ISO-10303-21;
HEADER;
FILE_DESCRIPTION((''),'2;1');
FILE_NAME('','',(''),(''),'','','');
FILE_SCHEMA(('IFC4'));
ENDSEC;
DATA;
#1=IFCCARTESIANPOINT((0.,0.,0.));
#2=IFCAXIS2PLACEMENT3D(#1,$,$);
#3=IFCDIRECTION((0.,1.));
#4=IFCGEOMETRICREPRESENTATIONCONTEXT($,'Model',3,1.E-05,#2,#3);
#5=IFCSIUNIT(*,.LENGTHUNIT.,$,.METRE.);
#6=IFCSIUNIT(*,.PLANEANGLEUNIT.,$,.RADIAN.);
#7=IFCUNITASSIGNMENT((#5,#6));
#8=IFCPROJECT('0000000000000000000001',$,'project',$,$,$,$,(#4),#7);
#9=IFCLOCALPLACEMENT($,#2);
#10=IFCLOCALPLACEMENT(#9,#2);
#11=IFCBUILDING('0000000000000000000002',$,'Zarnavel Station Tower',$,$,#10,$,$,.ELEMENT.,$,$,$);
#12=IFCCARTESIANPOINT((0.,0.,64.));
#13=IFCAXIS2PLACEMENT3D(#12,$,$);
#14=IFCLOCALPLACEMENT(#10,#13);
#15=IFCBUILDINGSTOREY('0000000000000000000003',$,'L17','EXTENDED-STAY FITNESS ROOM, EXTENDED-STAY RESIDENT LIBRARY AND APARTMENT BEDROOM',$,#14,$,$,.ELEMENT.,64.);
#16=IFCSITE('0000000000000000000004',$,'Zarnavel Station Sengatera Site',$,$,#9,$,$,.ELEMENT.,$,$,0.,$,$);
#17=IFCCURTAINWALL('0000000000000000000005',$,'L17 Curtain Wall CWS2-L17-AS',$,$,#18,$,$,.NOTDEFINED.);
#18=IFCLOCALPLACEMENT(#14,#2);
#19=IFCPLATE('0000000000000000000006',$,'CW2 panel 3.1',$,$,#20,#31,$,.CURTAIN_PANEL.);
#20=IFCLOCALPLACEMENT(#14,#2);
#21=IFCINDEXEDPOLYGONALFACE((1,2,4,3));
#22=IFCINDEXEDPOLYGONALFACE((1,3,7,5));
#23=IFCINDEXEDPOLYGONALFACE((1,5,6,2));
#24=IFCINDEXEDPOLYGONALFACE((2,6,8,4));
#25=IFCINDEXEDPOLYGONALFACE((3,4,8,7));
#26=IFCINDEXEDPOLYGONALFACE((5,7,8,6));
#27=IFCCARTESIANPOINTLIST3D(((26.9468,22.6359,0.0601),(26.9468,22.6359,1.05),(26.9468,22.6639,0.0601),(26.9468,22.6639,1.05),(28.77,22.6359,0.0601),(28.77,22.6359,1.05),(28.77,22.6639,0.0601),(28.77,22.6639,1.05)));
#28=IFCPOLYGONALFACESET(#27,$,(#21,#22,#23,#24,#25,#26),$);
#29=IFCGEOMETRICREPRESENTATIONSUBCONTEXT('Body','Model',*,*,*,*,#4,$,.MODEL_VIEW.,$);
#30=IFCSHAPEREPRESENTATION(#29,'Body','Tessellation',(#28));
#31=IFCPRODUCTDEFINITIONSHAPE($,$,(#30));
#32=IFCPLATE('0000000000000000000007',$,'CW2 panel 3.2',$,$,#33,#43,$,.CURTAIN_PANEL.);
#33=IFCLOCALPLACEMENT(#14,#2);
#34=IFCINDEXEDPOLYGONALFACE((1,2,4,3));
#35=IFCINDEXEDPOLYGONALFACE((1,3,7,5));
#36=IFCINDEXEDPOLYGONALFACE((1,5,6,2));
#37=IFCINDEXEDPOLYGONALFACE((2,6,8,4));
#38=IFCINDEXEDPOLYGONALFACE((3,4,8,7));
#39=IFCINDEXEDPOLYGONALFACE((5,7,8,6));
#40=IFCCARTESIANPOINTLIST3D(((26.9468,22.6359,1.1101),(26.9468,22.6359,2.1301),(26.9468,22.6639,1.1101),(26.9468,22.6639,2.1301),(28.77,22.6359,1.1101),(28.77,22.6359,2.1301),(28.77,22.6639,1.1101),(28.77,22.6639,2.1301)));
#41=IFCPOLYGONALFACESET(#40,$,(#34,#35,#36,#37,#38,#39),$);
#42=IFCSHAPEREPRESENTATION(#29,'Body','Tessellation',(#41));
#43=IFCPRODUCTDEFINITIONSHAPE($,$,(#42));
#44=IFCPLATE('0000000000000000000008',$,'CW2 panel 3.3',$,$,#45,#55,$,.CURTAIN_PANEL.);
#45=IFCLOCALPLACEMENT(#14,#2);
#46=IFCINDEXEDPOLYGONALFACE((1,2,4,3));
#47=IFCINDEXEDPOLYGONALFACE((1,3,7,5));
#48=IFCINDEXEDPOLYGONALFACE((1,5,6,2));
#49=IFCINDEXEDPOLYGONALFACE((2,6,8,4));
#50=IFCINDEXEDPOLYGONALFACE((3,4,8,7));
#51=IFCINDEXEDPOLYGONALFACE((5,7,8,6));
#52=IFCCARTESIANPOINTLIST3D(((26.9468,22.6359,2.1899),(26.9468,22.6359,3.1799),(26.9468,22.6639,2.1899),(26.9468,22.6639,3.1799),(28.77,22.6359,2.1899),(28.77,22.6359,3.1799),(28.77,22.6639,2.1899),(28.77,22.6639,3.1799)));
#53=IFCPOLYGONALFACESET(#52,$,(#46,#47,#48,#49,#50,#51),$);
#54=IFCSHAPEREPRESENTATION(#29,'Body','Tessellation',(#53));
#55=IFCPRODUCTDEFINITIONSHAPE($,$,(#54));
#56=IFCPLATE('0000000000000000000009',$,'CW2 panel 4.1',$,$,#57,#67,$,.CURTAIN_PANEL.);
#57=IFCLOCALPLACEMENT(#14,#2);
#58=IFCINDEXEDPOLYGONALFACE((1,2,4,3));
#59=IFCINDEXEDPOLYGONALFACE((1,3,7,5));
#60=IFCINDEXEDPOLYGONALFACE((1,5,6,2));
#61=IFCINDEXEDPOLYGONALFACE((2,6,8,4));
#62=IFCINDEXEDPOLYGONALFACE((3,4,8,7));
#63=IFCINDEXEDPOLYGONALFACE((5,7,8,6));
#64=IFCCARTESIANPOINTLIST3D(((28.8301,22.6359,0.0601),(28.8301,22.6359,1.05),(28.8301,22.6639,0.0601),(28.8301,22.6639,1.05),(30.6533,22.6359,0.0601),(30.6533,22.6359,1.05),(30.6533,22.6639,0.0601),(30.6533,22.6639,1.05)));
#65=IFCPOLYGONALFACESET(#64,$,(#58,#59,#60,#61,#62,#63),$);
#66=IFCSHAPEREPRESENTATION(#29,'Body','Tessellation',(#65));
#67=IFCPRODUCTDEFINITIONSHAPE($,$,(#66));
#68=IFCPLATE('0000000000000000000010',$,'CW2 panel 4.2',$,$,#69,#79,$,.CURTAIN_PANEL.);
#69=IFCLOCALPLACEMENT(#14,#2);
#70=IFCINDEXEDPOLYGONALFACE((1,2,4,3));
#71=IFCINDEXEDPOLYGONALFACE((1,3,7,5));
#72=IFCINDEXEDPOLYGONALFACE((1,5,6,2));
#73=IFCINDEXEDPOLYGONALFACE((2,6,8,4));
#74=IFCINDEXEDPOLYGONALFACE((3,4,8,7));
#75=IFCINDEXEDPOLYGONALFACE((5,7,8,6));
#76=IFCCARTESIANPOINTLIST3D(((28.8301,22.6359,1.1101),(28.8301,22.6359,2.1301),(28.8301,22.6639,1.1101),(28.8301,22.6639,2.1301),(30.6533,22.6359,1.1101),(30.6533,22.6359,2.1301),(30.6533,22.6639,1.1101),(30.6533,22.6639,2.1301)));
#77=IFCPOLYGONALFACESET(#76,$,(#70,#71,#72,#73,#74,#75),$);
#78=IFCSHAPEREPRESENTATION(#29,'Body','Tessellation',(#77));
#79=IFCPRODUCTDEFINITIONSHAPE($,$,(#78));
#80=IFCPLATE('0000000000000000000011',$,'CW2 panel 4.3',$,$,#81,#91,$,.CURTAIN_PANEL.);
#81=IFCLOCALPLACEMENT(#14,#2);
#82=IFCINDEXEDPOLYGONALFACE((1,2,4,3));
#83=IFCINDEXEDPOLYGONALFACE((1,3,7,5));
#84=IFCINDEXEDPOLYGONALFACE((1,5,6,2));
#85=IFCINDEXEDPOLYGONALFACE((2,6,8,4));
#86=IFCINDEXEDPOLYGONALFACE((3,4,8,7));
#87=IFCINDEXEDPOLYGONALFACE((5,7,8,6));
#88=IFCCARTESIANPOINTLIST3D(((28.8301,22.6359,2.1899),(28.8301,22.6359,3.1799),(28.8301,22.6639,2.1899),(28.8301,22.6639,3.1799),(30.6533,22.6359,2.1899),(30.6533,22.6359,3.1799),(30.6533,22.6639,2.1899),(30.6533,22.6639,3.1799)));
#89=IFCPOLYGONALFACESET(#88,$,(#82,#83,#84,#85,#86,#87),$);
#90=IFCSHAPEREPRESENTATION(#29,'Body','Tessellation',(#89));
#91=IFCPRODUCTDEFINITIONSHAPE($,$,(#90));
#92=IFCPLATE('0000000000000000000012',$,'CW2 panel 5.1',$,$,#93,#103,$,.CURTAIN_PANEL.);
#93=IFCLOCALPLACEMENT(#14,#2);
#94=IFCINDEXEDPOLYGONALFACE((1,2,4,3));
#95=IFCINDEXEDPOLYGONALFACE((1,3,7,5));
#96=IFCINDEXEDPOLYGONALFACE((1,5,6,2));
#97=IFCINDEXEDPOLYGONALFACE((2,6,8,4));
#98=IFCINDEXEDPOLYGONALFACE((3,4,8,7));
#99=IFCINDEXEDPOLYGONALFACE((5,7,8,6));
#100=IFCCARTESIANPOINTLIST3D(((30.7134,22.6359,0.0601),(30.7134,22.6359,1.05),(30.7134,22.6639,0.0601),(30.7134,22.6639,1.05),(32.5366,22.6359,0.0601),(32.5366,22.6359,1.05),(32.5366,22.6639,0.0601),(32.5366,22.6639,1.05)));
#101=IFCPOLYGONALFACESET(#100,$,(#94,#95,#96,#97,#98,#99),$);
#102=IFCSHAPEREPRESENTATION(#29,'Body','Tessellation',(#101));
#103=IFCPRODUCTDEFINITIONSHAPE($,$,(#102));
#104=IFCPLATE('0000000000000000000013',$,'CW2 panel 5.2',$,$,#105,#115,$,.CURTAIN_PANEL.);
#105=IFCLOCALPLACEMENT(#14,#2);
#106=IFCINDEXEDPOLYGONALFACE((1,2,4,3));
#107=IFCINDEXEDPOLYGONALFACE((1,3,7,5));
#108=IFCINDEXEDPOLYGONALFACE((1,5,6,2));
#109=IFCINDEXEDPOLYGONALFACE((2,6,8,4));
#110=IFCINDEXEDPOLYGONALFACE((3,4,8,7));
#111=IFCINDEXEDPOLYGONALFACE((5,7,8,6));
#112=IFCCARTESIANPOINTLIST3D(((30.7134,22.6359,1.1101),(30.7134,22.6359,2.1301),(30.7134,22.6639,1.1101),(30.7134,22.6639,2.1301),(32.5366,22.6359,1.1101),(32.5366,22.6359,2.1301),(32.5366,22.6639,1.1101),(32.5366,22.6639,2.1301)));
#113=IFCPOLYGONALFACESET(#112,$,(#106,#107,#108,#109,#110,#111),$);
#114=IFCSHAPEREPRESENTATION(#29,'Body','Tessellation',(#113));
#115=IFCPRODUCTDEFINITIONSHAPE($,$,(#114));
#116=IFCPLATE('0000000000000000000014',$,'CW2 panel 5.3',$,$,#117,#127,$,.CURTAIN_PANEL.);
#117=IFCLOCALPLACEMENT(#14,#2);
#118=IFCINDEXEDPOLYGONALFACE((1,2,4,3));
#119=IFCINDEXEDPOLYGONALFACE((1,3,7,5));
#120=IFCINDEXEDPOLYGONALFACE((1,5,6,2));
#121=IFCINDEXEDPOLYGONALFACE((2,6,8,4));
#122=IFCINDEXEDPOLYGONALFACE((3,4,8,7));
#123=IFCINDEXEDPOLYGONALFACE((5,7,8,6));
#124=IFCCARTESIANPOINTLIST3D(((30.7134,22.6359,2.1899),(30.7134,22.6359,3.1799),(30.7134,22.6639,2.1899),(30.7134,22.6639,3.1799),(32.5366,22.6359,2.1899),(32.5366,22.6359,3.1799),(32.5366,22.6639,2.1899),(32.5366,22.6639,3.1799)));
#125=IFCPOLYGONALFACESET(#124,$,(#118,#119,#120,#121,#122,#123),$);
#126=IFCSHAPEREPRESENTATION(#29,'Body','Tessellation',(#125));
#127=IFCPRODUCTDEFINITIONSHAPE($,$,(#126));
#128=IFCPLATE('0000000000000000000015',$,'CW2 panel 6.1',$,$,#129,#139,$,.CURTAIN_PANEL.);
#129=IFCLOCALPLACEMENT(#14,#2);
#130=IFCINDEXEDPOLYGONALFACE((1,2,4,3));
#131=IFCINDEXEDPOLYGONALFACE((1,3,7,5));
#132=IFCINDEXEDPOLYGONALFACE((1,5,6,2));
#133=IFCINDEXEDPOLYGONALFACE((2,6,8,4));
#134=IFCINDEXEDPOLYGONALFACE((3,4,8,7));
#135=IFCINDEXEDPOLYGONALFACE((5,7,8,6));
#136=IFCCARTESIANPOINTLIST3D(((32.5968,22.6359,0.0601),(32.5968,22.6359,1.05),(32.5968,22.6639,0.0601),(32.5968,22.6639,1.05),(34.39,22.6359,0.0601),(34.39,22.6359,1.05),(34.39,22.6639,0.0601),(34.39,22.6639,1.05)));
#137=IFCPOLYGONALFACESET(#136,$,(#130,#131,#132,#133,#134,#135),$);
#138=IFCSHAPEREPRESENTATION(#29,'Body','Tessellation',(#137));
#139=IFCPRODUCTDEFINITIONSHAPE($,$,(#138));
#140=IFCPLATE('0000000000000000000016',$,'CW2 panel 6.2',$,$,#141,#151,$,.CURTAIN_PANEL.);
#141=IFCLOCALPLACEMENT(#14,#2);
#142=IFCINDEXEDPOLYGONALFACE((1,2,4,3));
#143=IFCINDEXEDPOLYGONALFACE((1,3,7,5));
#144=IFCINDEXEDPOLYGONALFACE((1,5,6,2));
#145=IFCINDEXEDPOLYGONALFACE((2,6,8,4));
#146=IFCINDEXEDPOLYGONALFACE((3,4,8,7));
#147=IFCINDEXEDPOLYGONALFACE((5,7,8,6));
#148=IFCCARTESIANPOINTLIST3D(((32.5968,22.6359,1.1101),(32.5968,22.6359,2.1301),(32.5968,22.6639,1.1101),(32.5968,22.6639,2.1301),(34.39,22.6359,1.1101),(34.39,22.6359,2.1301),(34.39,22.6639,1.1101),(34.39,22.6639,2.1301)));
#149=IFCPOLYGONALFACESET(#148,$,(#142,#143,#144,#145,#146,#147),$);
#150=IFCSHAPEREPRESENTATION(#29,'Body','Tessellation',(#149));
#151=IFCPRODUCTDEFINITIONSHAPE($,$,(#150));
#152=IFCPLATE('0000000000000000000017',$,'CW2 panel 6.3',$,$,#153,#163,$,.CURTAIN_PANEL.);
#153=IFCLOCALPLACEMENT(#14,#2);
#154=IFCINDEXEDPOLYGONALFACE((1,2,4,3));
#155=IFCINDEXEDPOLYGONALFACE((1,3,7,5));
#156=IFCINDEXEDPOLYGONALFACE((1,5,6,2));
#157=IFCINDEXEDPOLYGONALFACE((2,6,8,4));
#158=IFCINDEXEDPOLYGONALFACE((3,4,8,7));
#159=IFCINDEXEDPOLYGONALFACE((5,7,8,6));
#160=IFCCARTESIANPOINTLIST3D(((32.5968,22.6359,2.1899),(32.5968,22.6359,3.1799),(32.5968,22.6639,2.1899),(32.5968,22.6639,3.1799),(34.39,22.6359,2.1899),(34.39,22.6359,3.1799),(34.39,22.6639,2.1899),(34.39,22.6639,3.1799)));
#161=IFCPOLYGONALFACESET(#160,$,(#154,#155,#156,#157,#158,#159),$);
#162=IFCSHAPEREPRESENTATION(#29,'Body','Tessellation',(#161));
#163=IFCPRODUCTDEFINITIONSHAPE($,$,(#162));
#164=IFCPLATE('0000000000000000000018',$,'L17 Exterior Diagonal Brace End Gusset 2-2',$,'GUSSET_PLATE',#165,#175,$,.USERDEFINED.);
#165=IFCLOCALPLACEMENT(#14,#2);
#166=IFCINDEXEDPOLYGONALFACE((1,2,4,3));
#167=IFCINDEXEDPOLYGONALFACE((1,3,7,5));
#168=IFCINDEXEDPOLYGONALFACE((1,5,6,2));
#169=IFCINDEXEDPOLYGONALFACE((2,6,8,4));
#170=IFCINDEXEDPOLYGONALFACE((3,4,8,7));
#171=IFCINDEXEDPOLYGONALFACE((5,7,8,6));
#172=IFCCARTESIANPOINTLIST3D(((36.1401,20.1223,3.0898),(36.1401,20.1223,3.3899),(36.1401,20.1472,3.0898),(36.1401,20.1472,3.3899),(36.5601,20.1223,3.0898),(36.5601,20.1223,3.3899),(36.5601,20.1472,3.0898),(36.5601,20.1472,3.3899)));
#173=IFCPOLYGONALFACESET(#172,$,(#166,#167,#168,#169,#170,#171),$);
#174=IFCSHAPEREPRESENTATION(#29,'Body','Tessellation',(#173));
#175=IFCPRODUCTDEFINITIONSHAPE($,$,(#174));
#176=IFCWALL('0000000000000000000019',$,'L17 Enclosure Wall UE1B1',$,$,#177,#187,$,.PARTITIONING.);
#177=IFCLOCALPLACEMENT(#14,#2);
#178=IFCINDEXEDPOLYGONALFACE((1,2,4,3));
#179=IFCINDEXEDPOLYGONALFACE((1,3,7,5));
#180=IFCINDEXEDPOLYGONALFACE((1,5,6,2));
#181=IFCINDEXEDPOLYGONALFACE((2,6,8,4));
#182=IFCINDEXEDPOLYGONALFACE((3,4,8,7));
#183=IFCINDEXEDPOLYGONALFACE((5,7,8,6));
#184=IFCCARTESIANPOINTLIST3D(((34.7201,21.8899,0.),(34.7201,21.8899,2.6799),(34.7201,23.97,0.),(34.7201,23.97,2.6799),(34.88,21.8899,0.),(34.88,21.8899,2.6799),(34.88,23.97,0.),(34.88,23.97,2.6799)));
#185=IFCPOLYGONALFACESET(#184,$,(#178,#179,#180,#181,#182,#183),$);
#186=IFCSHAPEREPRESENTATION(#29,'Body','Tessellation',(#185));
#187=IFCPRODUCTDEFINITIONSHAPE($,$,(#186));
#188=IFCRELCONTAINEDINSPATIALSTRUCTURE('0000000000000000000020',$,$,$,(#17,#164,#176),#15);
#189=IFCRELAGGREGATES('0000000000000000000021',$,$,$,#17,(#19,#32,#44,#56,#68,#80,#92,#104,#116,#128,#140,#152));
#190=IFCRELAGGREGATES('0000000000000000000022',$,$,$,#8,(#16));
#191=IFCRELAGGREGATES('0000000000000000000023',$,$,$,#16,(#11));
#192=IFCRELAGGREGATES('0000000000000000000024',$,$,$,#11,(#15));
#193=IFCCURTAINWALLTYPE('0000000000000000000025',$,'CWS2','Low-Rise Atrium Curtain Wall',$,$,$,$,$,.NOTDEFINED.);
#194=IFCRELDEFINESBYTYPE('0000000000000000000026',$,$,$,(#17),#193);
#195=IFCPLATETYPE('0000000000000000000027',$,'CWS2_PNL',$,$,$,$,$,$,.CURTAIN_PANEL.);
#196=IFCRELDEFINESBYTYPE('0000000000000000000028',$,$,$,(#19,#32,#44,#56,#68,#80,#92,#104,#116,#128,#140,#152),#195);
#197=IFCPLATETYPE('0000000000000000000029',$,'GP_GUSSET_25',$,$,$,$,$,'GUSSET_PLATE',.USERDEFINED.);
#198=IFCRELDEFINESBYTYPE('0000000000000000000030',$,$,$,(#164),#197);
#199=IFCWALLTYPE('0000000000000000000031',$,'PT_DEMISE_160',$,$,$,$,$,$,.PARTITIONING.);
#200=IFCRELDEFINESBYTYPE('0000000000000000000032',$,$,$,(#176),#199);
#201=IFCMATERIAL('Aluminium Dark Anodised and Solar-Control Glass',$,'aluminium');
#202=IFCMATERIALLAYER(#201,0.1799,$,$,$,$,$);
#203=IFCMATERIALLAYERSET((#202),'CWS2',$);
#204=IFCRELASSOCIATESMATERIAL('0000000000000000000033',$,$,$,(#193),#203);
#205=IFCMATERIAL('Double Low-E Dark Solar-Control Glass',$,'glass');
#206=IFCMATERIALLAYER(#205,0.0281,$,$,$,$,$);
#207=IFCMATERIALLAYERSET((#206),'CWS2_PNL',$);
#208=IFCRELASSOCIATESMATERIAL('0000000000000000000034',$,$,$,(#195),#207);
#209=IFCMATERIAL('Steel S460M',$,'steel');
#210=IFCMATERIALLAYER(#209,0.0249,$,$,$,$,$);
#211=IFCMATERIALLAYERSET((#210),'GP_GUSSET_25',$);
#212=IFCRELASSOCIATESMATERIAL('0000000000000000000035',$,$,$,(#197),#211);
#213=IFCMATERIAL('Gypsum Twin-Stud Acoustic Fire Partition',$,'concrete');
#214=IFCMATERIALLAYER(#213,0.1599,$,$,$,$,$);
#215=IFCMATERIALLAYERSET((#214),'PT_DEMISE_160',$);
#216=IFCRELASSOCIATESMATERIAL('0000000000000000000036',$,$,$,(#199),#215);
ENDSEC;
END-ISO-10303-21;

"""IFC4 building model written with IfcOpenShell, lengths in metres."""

from ifc_helpers import new_model, si_unit, direction, frame, frame_2d, origin, origin_2d, place, context, subcontext, project, spatial, rectangle, extrude, material, layer, layer_set, type_object, element, aggregate, save


model = new_model("IFC4")

# Units and contexts
model_context = context("Model", 3, precision=1e-05, world=origin(), true_north=direction((0.0, 1.0)))
body_context = subcontext(model_context, "Body", "Model", "MODEL_VIEW")
ifc_project = project(units=[si_unit("LENGTHUNIT", "METRE"), si_unit("PLANEANGLEUNIT", "RADIAN")], contexts=[model_context])

# Site, building, storey
site_placement = place(None, origin())
site = spatial("IfcSite", under=ifc_project, at=site_placement, Name="Zarnavel Station Sengatera Site", CompositionType="ELEMENT", RefElevation=0.0)
building_placement = place(site_placement, origin())
building = spatial("IfcBuilding", under=site, at=building_placement, Name="Zarnavel Station Tower", CompositionType="ELEMENT")
storey_placement = place(building_placement, frame((0.0, 0.0, 64.0)))
storey = spatial("IfcBuildingStorey", under=building, at=storey_placement, Name="L17", Description="EXTENDED-STAY FITNESS ROOM, EXTENDED-STAY RESIDENT LIBRARY AND APARTMENT BEDROOM", CompositionType="ELEMENT", Elevation=64.0)

# Curtain wall
ifc_material_1 = material(Name="Aluminium Dark Anodised and Solar-Control Glass", Category="aluminium")
ifc_layer_1 = layer(ifc_material_1, 0.1799)
ifc_layer_set_1 = layer_set([ifc_layer_1], Name="CWS2")
curtain_wall_type = type_object("IfcCurtainWallType", Name="CWS2", Description="Low-Rise Atrium Curtain Wall", PredefinedType="NOTDEFINED", material=ifc_layer_set_1)
curtain_wall_placement = place(storey_placement, origin())
curtain_wall = element("IfcCurtainWall", 1, at=curtain_wall_placement, inside=storey, type_object=curtain_wall_type, Name="L17 Curtain Wall CWS2-L17-AS", PredefinedType="NOTDEFINED")

# Plates
ifc_material_2 = material(Name="Double Low-E Dark Solar-Control Glass", Category="glass")
ifc_layer_2 = layer(ifc_material_2, 0.0281)
ifc_layer_set_2 = layer_set([ifc_layer_2], Name="CWS2_PNL")
plate_type_1 = type_object("IfcPlateType", Name="CWS2_PNL", PredefinedType="CURTAIN_PANEL", material=ifc_layer_set_2)
plate_1_placement = place(storey_placement, frame((27.8584, 22.6499, 0.0601), z_axis=(0.0, 0.0, 1.0), x_axis=(1.0, 0.0, 0.0)))
plate_1 = element("IfcPlate", 2, at=plate_1_placement, type_object=plate_type_1, Name="CW2 panel 3.1", PredefinedType="CURTAIN_PANEL", context=body_context, shape_type="SweptSolid", body=[
    extrude(rectangle(XDim=1.8232, YDim=0.0281, at=origin_2d()), origin(), (0.0, 0.0, 1.0), 0.99),
])
plate_2_placement = place(storey_placement, frame((27.8584, 22.6499, 1.1101), z_axis=(0.0, 0.0, 1.0), x_axis=(1.0, 0.0, 0.0)))
plate_2 = element("IfcPlate", 3, at=plate_2_placement, type_object=plate_type_1, Name="CW2 panel 3.2", PredefinedType="CURTAIN_PANEL", context=body_context, shape_type="SweptSolid", body=[
    extrude(rectangle(XDim=1.8232, YDim=0.0281, at=origin_2d()), origin(), (0.0, 0.0, 1.0), 1.02),
])
plate_3_placement = place(storey_placement, frame((27.8584, 22.6499, 2.1899), z_axis=(0.0, 0.0, 1.0), x_axis=(1.0, 0.0, 0.0)))
plate_3 = element("IfcPlate", 4, at=plate_3_placement, type_object=plate_type_1, Name="CW2 panel 3.3", PredefinedType="CURTAIN_PANEL", context=body_context, shape_type="SweptSolid", body=[
    extrude(rectangle(XDim=1.8232, YDim=0.0281, at=origin_2d()), origin(), (0.0, 0.0, 1.0), 0.99),
])
plate_4_placement = place(storey_placement, frame((29.7417, 22.6499, 0.0601), z_axis=(0.0, 0.0, 1.0), x_axis=(1.0, 0.0, 0.0)))
plate_4 = element("IfcPlate", 5, at=plate_4_placement, type_object=plate_type_1, Name="CW2 panel 4.1", PredefinedType="CURTAIN_PANEL", context=body_context, shape_type="SweptSolid", body=[
    extrude(rectangle(XDim=1.8232, YDim=0.0281, at=origin_2d()), origin(), (0.0, 0.0, 1.0), 0.99),
])
plate_5_placement = place(storey_placement, frame((29.7417, 22.6499, 1.1101), z_axis=(0.0, 0.0, 1.0), x_axis=(1.0, 0.0, 0.0)))
plate_5 = element("IfcPlate", 6, at=plate_5_placement, type_object=plate_type_1, Name="CW2 panel 4.2", PredefinedType="CURTAIN_PANEL", context=body_context, shape_type="SweptSolid", body=[
    extrude(rectangle(XDim=1.8232, YDim=0.0281, at=origin_2d()), origin(), (0.0, 0.0, 1.0), 1.02),
])
plate_6_placement = place(storey_placement, frame((29.7417, 22.6499, 2.1899), z_axis=(0.0, 0.0, 1.0), x_axis=(1.0, 0.0, 0.0)))
plate_6 = element("IfcPlate", 7, at=plate_6_placement, type_object=plate_type_1, Name="CW2 panel 4.3", PredefinedType="CURTAIN_PANEL", context=body_context, shape_type="SweptSolid", body=[
    extrude(rectangle(XDim=1.8232, YDim=0.0281, at=origin_2d()), origin(), (0.0, 0.0, 1.0), 0.99),
])
plate_7_placement = place(storey_placement, frame((31.625, 22.6499, 0.0601), z_axis=(0.0, 0.0, 1.0), x_axis=(1.0, 0.0, 0.0)))
plate_7 = element("IfcPlate", 8, at=plate_7_placement, type_object=plate_type_1, Name="CW2 panel 5.1", PredefinedType="CURTAIN_PANEL", context=body_context, shape_type="SweptSolid", body=[
    extrude(rectangle(XDim=1.8232, YDim=0.0281, at=origin_2d()), origin(), (0.0, 0.0, 1.0), 0.99),
])
plate_8_placement = place(storey_placement, frame((31.625, 22.6499, 1.1101), z_axis=(0.0, 0.0, 1.0), x_axis=(1.0, 0.0, 0.0)))
plate_8 = element("IfcPlate", 9, at=plate_8_placement, type_object=plate_type_1, Name="CW2 panel 5.2", PredefinedType="CURTAIN_PANEL", context=body_context, shape_type="SweptSolid", body=[
    extrude(rectangle(XDim=1.8232, YDim=0.0281, at=origin_2d()), origin(), (0.0, 0.0, 1.0), 1.02),
])
plate_9_placement = place(storey_placement, frame((31.625, 22.6499, 2.1899), z_axis=(0.0, 0.0, 1.0), x_axis=(1.0, 0.0, 0.0)))
plate_9 = element("IfcPlate", 10, at=plate_9_placement, type_object=plate_type_1, Name="CW2 panel 5.3", PredefinedType="CURTAIN_PANEL", context=body_context, shape_type="SweptSolid", body=[
    extrude(rectangle(XDim=1.8232, YDim=0.0281, at=origin_2d()), origin(), (0.0, 0.0, 1.0), 0.99),
])
plate_10_placement = place(storey_placement, frame((33.4934, 22.6499, 0.0601), z_axis=(0.0, 0.0, 1.0), x_axis=(1.0, 0.0, 0.0)))
plate_10 = element("IfcPlate", 11, at=plate_10_placement, type_object=plate_type_1, Name="CW2 panel 6.1", PredefinedType="CURTAIN_PANEL", context=body_context, shape_type="SweptSolid", body=[
    extrude(rectangle(XDim=1.7932, YDim=0.0281, at=origin_2d()), origin(), (0.0, 0.0, 1.0), 0.99),
])
plate_11_placement = place(storey_placement, frame((33.4934, 22.6499, 1.1101), z_axis=(0.0, 0.0, 1.0), x_axis=(1.0, 0.0, 0.0)))
plate_11 = element("IfcPlate", 12, at=plate_11_placement, type_object=plate_type_1, Name="CW2 panel 6.2", PredefinedType="CURTAIN_PANEL", context=body_context, shape_type="SweptSolid", body=[
    extrude(rectangle(XDim=1.7932, YDim=0.0281, at=origin_2d()), origin(), (0.0, 0.0, 1.0), 1.02),
])
plate_12_placement = place(storey_placement, frame((33.4934, 22.6499, 2.1899), z_axis=(0.0, 0.0, 1.0), x_axis=(1.0, 0.0, 0.0)))
plate_12 = element("IfcPlate", 13, at=plate_12_placement, type_object=plate_type_1, Name="CW2 panel 6.3", PredefinedType="CURTAIN_PANEL", context=body_context, shape_type="SweptSolid", body=[
    extrude(rectangle(XDim=1.7932, YDim=0.0281, at=origin_2d()), origin(), (0.0, 0.0, 1.0), 0.99),
])
aggregate(curtain_wall, [plate_1, plate_2, plate_3, plate_4, plate_5, plate_6, plate_7, plate_8, plate_9, plate_10, plate_11, plate_12])
ifc_material_3 = material(Name="Steel S460M", Category="steel")
ifc_layer_3 = layer(ifc_material_3, 0.0249)
ifc_layer_set_3 = layer_set([ifc_layer_3], Name="GP_GUSSET_25")
plate_type_2 = type_object("IfcPlateType", Name="GP_GUSSET_25", ElementType="GUSSET_PLATE", PredefinedType="USERDEFINED", material=ifc_layer_set_3)
plate_13_placement = place(storey_placement, frame((36.3501, 20.1348, 3.0898), z_axis=(0.0, 0.0, 1.0), x_axis=(1.0, 0.0, 0.0)))
element("IfcPlate", 14, at=plate_13_placement, inside=storey, type_object=plate_type_2, Name="L17 Exterior Diagonal Brace End Gusset 2-2", ObjectType="GUSSET_PLATE", PredefinedType="USERDEFINED", context=body_context, shape_type="SweptSolid", body=[
    extrude(rectangle(XDim=0.4199, YDim=0.0249, at=origin_2d()), origin(), (0.0, 0.0, 1.0), 0.3),
])

# Wall
ifc_material_4 = material(Name="Gypsum Twin-Stud Acoustic Fire Partition", Category="concrete")
ifc_layer_4 = layer(ifc_material_4, 0.1599)
ifc_layer_set_4 = layer_set([ifc_layer_4], Name="PT_DEMISE_160")
wall_type_1 = type_object("IfcWallType", Name="PT_DEMISE_160", PredefinedType="PARTITIONING", material=ifc_layer_set_4)
wall_1_placement = place(storey_placement, frame((34.8, 21.8899, 0.0), z_axis=(0.0, 0.0, 1.0), x_axis=(0.0, 1.0, 0.0)))
element("IfcWall", 15, at=wall_1_placement, inside=storey, type_object=wall_type_1, Name="L17 Enclosure Wall UE1B1", PredefinedType="PARTITIONING", context=body_context, shape_type="SweptSolid", body=[
    extrude(rectangle(XDim=2.0801, YDim=0.1599, at=frame_2d((1.04, 0.0))), origin(), (0.0, 0.0, 1.0), 2.6799),
])

save(model, "model.ifc")
